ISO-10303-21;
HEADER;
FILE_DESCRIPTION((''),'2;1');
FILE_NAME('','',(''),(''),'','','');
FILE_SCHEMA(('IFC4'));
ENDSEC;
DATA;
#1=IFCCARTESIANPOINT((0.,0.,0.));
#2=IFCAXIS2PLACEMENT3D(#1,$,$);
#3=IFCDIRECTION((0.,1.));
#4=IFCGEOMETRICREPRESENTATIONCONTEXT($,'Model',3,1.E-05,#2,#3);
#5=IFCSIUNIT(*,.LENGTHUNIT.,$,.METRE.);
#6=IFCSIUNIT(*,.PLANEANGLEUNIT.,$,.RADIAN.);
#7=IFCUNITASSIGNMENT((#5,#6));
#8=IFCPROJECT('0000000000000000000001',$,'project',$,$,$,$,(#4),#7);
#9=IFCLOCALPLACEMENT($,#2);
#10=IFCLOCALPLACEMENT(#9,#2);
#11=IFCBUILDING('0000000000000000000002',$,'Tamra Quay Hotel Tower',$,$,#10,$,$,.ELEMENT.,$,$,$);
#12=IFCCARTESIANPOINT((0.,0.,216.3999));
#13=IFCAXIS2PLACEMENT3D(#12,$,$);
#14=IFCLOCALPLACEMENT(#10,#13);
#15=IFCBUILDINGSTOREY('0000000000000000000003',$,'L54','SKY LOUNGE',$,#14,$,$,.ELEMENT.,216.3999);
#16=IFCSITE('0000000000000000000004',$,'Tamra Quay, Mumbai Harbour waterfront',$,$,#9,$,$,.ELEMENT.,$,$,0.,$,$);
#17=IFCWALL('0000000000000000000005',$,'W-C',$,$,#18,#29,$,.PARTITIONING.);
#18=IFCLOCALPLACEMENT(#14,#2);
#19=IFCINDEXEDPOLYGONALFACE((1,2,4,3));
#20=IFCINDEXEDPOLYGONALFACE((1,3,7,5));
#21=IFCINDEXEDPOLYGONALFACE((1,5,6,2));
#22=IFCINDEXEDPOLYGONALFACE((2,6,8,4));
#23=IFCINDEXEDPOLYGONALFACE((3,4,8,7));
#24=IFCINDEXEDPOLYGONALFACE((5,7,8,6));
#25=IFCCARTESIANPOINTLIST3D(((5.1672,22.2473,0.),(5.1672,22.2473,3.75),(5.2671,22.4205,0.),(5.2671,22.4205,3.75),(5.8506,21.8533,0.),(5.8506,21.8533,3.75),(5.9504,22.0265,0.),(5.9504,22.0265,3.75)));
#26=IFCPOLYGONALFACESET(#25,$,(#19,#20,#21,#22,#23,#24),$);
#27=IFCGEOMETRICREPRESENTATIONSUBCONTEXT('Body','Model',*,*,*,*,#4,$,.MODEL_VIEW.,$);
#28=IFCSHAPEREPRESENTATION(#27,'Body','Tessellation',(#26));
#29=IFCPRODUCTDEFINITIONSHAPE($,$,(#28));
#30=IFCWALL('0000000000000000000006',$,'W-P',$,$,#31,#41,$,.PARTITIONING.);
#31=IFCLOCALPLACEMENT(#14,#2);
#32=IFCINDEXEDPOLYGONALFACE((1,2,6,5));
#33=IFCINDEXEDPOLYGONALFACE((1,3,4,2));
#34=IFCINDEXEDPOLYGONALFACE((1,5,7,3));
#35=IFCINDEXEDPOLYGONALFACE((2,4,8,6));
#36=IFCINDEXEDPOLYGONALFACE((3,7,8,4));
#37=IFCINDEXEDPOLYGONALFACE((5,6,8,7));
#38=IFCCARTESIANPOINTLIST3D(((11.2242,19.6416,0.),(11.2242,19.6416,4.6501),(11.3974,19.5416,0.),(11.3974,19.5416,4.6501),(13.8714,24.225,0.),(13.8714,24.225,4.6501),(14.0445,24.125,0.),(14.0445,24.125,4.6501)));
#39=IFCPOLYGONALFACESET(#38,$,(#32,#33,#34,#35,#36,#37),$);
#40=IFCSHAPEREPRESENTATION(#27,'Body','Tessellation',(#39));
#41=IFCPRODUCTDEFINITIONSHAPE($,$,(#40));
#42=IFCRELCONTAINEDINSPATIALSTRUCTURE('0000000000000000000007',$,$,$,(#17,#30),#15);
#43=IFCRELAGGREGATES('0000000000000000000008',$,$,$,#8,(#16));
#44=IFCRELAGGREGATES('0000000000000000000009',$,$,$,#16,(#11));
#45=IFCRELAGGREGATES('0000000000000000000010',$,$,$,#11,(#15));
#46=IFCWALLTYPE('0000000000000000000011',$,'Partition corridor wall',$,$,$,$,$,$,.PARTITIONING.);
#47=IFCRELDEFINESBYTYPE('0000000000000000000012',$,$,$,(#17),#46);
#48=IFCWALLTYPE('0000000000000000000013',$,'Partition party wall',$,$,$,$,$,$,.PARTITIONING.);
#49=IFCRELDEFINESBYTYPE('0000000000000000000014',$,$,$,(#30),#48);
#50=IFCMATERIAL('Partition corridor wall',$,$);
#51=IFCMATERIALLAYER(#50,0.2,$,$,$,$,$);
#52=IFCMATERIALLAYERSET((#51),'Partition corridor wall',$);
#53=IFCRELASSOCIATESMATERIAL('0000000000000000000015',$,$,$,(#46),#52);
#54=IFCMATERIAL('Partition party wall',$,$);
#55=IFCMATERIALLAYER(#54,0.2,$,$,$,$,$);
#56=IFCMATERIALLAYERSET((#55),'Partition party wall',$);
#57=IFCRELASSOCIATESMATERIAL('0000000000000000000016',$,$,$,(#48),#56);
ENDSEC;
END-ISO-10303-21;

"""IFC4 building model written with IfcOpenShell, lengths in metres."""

from ifc_helpers import new_model, si_unit, direction, frame, frame_2d, origin, place, context, subcontext, project, spatial, rectangle, extrude, material, layer, layer_set, type_object, element, save


model = new_model("IFC4")

# Units and contexts
model_context = context("Model", 3, precision=1e-05, world=origin(), true_north=direction((0.0, 1.0)))
body_context = subcontext(model_context, "Body", "Model", "MODEL_VIEW")
ifc_project = project(units=[si_unit("LENGTHUNIT", "METRE"), si_unit("PLANEANGLEUNIT", "RADIAN")], contexts=[model_context])

# Site, building, storey
site_placement = place(None, origin())
site = spatial("IfcSite", under=ifc_project, at=site_placement, Name="Tamra Quay, Mumbai Harbour waterfront", CompositionType="ELEMENT", RefElevation=0.0)
building_placement = place(site_placement, origin())
building = spatial("IfcBuilding", under=site, at=building_placement, Name="Tamra Quay Hotel Tower", CompositionType="ELEMENT")
storey_placement = place(building_placement, frame((0.0, 0.0, 216.3999)))
storey = spatial("IfcBuildingStorey", under=building, at=storey_placement, Name="L54", Description="SKY LOUNGE", CompositionType="ELEMENT", Elevation=216.3999)

# Walls
ifc_material_1 = material(Name="Partition corridor wall")
ifc_layer_1 = layer(ifc_material_1, 0.2)
ifc_layer_set_1 = layer_set([ifc_layer_1], Name="Partition corridor wall")
wall_type_1 = type_object("IfcWallType", Name="Partition corridor wall", PredefinedType="PARTITIONING", material=ifc_layer_set_1)
wall_1_placement = place(storey_placement, frame((5.217, 22.334, 0.0), z_axis=(0.0, 0.0, 1.0), x_axis=(0.866294, -0.499535, 0.0)))
element("IfcWall", 1, at=wall_1_placement, inside=storey, type_object=wall_type_1, Name="W-C", PredefinedType="PARTITIONING", context=body_context, shape_type="SweptSolid", body=[
    extrude(rectangle(XDim=0.7888, YDim=0.2, at=frame_2d((0.3945, 0.0))), origin(), (0.0, 0.0, 1.0), 3.75),
])
ifc_material_2 = material(Name="Partition party wall")
ifc_layer_2 = layer(ifc_material_2, 0.2)
ifc_layer_set_2 = layer_set([ifc_layer_2], Name="Partition party wall")
wall_type_2 = type_object("IfcWallType", Name="Partition party wall", PredefinedType="PARTITIONING", material=ifc_layer_set_2)
wall_2_placement = place(storey_placement, frame((11.3108, 19.5916, 0.0), z_axis=(0.0, 0.0, 1.0), x_axis=(0.500132, 0.865949, 0.0)))
element("IfcWall", 2, at=wall_2_placement, inside=storey, type_object=wall_type_2, Name="W-P", PredefinedType="PARTITIONING", context=body_context, shape_type="SweptSolid", body=[
    extrude(rectangle(XDim=5.293, YDim=0.2, at=frame_2d((2.6465, 0.0))), origin(), (0.0, 0.0, 1.0), 4.6501),
])

save(model, "model.ifc")
